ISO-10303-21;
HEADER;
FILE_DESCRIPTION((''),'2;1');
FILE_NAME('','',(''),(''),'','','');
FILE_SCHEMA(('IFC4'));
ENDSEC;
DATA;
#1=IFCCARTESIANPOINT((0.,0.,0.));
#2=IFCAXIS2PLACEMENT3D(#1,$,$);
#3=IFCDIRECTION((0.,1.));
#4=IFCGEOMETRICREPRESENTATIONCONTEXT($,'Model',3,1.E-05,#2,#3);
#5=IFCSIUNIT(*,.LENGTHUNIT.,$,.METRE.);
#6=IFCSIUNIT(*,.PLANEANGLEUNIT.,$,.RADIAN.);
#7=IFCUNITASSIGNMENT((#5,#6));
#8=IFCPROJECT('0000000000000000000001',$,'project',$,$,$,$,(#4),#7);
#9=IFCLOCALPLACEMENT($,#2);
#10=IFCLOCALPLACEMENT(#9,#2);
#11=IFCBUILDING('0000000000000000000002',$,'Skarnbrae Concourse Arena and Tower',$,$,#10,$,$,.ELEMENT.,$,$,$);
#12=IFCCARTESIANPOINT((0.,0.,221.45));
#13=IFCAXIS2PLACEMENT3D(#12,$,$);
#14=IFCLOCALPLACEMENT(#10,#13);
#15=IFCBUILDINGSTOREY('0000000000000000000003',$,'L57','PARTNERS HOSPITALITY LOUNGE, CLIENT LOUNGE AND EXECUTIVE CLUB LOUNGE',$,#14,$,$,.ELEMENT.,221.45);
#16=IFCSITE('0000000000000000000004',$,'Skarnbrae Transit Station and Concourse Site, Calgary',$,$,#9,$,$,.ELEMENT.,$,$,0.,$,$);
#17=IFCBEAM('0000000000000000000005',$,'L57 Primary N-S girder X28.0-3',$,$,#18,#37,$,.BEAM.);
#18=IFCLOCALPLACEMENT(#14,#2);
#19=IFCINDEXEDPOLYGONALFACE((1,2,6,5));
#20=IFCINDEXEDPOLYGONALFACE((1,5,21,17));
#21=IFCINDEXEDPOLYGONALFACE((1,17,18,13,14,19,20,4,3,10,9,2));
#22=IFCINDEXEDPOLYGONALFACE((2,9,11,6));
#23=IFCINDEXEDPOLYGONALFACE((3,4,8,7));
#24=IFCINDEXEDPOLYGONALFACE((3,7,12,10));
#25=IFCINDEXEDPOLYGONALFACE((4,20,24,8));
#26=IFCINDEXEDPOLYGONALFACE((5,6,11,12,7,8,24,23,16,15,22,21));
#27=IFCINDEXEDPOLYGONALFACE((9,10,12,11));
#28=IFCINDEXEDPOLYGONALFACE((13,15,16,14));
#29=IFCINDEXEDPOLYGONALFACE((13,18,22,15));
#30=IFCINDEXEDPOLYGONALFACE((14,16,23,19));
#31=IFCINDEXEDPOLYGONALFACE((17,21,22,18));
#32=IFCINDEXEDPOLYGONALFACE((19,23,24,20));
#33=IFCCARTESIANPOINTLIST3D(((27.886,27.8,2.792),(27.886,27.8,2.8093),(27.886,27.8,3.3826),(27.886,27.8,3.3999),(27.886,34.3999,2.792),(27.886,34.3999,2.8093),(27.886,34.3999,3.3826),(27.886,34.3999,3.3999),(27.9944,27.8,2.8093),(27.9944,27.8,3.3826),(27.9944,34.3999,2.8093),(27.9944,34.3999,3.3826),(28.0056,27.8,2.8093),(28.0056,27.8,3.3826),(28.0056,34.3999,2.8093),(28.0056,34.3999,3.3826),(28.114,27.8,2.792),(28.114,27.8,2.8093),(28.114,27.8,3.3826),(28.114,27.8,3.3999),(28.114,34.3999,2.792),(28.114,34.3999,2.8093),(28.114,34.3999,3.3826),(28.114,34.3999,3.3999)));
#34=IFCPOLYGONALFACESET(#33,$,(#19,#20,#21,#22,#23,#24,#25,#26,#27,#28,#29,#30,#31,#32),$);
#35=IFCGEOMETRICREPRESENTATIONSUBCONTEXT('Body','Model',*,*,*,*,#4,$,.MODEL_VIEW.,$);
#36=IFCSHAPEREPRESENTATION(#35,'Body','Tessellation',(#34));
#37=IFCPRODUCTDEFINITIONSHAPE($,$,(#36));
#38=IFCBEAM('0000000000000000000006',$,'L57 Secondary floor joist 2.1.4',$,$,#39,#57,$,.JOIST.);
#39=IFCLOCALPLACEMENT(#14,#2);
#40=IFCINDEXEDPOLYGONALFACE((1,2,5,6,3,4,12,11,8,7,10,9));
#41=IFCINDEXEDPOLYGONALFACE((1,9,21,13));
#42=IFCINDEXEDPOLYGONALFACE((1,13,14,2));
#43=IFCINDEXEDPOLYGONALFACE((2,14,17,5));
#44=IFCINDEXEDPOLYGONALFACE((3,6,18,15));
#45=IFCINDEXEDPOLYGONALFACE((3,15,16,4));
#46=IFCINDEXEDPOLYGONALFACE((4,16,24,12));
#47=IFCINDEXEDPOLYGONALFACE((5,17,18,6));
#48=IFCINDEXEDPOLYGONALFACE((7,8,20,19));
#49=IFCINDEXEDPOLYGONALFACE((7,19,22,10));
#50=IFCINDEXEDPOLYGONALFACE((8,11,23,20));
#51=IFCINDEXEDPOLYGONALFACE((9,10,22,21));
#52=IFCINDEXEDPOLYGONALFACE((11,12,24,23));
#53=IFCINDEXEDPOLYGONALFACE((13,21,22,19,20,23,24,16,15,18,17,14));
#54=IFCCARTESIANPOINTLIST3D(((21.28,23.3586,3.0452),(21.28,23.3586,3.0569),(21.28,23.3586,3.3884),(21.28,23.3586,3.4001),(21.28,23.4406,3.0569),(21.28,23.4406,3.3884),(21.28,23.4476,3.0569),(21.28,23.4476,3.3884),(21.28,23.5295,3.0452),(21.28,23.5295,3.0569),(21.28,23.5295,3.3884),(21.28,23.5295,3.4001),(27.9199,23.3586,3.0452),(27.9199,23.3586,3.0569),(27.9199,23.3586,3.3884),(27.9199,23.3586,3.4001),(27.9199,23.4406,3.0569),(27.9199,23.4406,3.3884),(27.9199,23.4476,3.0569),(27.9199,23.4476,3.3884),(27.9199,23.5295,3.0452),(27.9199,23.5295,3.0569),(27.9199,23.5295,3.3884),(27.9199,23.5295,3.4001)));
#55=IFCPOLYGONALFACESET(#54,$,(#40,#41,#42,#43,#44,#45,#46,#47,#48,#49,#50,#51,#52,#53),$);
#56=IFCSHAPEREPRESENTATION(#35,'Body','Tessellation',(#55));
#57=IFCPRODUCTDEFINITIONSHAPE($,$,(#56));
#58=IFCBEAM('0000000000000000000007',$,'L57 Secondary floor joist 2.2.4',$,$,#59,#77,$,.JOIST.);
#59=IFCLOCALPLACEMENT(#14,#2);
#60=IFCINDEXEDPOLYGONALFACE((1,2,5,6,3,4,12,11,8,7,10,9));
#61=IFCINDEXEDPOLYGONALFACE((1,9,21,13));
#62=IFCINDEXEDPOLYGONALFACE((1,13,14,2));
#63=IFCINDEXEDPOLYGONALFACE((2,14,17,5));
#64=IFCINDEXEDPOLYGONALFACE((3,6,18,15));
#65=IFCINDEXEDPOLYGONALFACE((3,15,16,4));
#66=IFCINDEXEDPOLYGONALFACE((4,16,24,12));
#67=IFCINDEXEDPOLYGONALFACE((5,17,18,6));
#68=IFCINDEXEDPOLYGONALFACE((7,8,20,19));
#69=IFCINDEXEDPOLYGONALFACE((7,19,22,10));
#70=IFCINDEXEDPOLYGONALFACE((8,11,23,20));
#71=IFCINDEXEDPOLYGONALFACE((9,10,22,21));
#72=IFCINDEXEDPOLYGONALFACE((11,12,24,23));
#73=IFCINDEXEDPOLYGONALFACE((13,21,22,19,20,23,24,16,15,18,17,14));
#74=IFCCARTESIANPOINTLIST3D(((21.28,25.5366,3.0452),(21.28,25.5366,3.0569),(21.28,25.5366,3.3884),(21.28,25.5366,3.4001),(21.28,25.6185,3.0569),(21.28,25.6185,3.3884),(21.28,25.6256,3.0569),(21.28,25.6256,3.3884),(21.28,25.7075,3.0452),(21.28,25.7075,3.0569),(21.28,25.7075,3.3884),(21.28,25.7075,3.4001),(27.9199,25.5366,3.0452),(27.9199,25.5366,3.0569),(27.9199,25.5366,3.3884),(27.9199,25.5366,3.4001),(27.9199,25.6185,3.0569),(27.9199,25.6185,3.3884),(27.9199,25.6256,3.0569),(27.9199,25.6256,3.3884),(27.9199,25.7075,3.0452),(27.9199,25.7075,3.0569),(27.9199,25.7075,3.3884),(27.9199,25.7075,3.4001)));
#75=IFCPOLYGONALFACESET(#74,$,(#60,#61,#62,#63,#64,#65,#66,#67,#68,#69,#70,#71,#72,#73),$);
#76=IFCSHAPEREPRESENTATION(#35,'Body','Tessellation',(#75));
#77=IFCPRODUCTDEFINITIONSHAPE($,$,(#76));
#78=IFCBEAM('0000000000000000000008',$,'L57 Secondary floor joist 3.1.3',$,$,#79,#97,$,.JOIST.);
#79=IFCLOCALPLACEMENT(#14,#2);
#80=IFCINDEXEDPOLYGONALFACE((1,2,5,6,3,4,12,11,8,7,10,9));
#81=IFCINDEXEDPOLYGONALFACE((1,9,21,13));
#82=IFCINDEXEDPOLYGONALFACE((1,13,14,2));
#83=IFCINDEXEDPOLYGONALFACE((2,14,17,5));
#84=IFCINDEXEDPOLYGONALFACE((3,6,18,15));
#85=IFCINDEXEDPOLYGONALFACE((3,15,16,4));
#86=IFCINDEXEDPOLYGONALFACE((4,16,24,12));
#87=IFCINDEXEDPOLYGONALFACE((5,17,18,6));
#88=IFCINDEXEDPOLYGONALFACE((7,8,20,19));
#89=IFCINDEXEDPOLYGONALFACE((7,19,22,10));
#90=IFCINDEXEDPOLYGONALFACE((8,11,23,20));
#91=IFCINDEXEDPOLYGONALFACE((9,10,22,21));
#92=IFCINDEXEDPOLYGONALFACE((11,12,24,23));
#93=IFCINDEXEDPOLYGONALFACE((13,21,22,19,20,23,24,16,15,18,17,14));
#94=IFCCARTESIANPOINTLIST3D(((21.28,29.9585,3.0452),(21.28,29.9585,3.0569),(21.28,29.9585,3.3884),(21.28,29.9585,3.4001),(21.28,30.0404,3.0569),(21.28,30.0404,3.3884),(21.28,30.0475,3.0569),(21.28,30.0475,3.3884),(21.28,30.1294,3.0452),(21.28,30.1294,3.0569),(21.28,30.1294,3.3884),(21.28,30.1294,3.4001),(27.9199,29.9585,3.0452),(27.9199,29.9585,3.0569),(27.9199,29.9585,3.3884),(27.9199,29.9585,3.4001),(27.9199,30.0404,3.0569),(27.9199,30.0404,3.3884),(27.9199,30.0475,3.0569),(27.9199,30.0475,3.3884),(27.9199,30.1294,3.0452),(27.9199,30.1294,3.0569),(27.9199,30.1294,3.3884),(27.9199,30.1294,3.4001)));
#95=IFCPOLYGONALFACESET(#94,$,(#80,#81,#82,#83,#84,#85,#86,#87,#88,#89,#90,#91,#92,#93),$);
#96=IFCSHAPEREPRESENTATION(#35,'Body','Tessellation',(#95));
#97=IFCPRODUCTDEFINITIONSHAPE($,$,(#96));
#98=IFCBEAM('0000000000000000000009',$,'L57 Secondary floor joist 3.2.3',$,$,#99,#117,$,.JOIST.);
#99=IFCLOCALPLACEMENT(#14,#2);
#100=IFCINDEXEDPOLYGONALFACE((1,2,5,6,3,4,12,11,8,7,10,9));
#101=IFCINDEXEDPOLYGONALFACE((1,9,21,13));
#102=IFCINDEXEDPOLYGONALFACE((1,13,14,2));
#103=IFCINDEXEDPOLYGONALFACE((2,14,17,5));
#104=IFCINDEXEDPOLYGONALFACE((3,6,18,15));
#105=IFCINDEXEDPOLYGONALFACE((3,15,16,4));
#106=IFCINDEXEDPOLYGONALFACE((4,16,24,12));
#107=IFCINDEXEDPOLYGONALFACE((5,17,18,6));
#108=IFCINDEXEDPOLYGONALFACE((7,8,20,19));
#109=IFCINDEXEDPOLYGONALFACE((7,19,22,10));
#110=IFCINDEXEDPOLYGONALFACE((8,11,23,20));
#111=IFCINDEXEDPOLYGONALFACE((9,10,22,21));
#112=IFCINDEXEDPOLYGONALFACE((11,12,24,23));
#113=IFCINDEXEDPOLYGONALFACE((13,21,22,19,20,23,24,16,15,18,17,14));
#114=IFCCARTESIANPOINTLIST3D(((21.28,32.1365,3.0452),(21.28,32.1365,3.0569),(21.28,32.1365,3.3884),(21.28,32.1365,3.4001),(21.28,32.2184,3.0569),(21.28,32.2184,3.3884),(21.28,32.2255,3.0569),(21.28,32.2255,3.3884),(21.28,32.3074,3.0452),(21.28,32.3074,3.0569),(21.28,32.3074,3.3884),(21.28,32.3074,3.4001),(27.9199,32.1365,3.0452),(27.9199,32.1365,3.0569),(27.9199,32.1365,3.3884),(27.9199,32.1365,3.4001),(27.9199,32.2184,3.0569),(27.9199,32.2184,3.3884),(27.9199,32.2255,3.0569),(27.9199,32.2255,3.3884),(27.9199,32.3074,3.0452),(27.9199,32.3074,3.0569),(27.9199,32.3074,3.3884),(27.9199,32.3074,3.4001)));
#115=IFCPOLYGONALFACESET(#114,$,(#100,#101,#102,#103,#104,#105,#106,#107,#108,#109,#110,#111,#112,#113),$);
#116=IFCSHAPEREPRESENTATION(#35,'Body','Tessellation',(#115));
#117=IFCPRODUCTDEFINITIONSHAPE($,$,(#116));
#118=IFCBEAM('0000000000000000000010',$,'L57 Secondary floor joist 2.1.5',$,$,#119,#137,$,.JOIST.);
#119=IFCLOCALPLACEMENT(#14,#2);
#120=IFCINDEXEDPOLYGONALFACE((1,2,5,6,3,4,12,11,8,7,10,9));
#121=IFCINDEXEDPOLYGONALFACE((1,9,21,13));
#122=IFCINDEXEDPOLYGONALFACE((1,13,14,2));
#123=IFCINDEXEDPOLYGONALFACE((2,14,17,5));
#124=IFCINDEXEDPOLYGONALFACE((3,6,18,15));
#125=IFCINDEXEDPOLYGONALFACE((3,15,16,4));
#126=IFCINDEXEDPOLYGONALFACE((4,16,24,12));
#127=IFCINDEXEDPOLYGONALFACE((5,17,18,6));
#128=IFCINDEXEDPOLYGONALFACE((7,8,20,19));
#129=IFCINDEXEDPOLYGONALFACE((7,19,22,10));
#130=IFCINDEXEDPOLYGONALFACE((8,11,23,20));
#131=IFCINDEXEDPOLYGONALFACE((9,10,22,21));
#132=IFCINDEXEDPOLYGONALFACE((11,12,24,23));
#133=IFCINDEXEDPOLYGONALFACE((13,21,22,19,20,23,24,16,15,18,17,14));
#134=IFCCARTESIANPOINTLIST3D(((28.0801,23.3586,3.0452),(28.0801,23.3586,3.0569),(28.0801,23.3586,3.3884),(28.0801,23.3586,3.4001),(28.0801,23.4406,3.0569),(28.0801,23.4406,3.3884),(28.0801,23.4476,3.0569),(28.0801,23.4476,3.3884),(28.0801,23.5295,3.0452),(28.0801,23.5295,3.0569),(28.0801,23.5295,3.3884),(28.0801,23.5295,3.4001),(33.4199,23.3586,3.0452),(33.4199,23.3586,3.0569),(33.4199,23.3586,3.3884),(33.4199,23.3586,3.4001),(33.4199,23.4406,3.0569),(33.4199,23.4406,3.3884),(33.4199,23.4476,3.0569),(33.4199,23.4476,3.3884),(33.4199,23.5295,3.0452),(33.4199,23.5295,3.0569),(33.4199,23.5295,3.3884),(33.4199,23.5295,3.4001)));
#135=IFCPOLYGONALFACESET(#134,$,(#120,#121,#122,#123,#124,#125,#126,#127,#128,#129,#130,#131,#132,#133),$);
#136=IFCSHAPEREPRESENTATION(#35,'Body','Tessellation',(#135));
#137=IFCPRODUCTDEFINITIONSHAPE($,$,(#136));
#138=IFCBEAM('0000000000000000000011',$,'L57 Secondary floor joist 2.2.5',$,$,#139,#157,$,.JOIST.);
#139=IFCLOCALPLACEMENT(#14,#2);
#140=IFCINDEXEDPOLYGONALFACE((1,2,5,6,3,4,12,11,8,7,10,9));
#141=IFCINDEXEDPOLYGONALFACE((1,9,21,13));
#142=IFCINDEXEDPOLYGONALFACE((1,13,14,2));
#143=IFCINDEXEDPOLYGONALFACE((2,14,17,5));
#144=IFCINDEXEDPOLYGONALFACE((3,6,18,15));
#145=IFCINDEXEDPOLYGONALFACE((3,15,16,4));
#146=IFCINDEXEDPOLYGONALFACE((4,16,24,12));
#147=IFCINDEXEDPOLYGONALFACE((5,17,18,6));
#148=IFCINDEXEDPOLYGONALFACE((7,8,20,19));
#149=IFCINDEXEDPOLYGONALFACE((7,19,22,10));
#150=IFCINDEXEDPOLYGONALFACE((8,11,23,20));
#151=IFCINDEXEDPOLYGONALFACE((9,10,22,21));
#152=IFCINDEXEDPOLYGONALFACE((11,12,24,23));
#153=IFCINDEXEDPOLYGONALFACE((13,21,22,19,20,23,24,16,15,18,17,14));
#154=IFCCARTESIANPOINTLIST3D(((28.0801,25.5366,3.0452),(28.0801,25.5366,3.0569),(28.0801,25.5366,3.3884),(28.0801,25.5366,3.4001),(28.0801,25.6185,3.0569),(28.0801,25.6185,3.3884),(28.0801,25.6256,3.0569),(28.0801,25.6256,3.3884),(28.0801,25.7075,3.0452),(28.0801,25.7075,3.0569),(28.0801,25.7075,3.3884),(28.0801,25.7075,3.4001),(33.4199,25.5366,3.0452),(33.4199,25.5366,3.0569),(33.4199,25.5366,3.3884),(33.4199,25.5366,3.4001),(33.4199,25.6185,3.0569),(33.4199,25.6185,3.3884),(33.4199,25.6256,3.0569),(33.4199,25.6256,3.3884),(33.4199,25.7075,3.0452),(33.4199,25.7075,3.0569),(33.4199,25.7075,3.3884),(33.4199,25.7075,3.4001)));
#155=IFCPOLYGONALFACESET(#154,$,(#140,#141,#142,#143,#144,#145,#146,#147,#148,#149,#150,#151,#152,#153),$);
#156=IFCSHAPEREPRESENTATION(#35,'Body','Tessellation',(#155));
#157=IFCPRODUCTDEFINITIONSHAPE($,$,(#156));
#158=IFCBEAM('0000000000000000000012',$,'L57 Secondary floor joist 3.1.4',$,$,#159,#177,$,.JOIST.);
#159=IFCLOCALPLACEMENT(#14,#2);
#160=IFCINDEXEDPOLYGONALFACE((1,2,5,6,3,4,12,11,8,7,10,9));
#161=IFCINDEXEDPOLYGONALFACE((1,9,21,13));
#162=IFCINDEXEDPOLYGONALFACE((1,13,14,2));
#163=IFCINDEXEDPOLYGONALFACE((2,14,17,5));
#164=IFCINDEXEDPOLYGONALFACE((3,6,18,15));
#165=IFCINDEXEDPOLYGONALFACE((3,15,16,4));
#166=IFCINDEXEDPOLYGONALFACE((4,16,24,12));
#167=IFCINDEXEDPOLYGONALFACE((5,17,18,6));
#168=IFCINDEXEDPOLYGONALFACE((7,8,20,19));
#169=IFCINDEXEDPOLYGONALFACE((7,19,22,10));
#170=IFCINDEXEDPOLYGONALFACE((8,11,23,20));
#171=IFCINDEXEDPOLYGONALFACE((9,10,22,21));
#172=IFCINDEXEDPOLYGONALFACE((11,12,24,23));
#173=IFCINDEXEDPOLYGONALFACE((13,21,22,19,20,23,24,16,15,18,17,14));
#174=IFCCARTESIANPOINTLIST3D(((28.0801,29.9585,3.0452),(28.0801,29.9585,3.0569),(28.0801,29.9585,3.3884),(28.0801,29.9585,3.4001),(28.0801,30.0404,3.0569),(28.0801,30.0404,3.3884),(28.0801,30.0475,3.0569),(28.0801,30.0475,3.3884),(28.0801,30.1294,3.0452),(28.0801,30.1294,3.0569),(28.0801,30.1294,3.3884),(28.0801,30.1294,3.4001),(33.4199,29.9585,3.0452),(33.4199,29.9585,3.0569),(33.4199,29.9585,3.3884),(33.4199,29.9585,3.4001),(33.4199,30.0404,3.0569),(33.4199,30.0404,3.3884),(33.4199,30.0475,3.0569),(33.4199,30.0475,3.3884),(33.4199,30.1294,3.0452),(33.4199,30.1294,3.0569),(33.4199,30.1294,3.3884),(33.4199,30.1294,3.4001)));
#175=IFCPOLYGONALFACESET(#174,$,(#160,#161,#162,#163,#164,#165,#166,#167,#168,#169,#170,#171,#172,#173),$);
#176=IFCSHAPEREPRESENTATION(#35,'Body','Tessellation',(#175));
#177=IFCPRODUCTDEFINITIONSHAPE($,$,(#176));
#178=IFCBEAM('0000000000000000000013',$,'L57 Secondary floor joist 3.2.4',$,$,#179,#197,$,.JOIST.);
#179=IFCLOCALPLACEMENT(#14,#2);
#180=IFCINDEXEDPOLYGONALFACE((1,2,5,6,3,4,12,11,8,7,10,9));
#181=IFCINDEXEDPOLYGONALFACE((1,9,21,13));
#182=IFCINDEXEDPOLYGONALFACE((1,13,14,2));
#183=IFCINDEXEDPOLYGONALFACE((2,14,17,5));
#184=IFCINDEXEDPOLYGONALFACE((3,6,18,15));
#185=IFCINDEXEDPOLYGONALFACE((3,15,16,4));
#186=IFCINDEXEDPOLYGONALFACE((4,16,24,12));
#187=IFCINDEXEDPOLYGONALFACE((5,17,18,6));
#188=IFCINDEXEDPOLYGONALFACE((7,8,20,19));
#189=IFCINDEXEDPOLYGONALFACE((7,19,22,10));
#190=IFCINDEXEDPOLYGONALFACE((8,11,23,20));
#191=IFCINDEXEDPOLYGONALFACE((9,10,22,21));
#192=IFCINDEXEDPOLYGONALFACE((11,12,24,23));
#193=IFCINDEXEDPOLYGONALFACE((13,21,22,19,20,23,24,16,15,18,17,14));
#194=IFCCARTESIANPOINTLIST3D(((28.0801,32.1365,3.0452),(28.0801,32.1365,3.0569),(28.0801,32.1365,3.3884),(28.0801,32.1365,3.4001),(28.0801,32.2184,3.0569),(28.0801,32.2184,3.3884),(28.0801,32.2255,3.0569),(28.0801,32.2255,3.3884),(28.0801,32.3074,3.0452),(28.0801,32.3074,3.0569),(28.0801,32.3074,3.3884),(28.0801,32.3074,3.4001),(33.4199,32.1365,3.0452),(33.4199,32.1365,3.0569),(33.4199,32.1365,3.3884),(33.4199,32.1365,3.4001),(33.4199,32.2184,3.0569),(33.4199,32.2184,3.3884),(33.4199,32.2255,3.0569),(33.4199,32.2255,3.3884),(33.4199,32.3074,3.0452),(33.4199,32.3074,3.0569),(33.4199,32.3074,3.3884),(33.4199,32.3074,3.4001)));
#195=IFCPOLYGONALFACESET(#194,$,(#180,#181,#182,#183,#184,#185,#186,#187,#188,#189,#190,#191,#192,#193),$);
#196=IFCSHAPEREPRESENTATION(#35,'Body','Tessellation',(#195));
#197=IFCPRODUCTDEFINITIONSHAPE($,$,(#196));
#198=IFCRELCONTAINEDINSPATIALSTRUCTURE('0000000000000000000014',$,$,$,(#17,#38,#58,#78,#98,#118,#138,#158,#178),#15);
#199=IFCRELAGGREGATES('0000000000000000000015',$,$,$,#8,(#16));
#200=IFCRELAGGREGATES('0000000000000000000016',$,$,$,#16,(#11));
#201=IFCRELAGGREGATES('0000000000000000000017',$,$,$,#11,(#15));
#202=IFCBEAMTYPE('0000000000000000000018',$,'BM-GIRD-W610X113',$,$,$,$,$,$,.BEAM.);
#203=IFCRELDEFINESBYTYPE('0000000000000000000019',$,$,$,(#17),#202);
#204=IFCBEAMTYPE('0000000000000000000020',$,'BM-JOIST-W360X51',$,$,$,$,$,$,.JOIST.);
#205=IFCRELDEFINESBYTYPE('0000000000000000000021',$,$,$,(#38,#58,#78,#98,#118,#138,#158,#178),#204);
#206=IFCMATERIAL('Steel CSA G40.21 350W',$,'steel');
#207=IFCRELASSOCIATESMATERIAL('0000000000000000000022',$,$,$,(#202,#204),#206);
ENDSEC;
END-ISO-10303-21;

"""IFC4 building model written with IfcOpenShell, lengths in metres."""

from ifc_helpers import new_model, si_unit, direction, frame, origin, origin_2d, place, context, subcontext, project, spatial, i_section, extrude, source, transform, mapped, material, material_profile, profile_set, type_object, element, save


model = new_model("IFC4")

# Units and contexts
model_context = context("Model", 3, precision=1e-05, world=origin(), true_north=direction((0.0, 1.0)))
body_context = subcontext(model_context, "Body", "Model", "MODEL_VIEW")
ifc_project = project(units=[si_unit("LENGTHUNIT", "METRE"), si_unit("PLANEANGLEUNIT", "RADIAN")], contexts=[model_context])

# Site, building, storey
site_placement = place(None, origin())
site = spatial("IfcSite", under=ifc_project, at=site_placement, Name="Skarnbrae Transit Station and Concourse Site, Calgary", CompositionType="ELEMENT", RefElevation=0.0)
building_placement = place(site_placement, origin())
building = spatial("IfcBuilding", under=site, at=building_placement, Name="Skarnbrae Concourse Arena and Tower", CompositionType="ELEMENT")
storey_placement = place(building_placement, frame((0.0, 0.0, 221.45)))
storey = spatial("IfcBuildingStorey", under=building, at=storey_placement, Name="L57", Description="PARTNERS HOSPITALITY LOUNGE, CLIENT LOUNGE AND EXECUTIVE CLUB LOUNGE", CompositionType="ELEMENT", Elevation=221.45)

# Shared definitions
ifc_material_1 = material(Name="Steel CSA G40.21 350W", Category="steel")

# Beams
ifc_material_profile_1 = material_profile(ifc_material_1, i_section(OverallWidth=0.228, OverallDepth=0.6079, WebThickness=0.0112, FlangeThickness=0.0173, at=origin_2d()), Name="W610X113")
ifc_profile_set_1 = profile_set([ifc_material_profile_1], Name="Steel CSA G40.21 350W")
beam_type_1 = type_object("IfcBeamType", Name="BM-GIRD-W610X113", PredefinedType="BEAM", material=ifc_profile_set_1)
shared_shape_1 = source(origin(), body_context, "Body", "SweptSolid", [
    extrude(i_section(OverallWidth=0.228, OverallDepth=0.6079, WebThickness=0.0112, FlangeThickness=0.0173, at=origin_2d()), origin(), (0.0, 0.0, 1.0), 6.5999),
])
for number, where, z_axis, x_axis, name in (
    (1, (28.0, 27.8, 3.0959), (0.0, 1.0, 0.0), (-1.0, 0.0, 0.0), "L57 Primary N-S girder X28.0-3"),
):
    element("IfcBeam", number, at=place(storey_placement, frame(where, z_axis=z_axis, x_axis=x_axis)), inside=storey, type_object=beam_type_1, Name=name, PredefinedType="BEAM", context=body_context, shape_type="MappedRepresentation", body=[
        mapped(shared_shape_1, transform((0.0, 0.0, 0.0))),
    ])
ifc_material_profile_2 = material_profile(ifc_material_1, i_section(OverallWidth=0.1709, OverallDepth=0.355, WebThickness=0.0071, FlangeThickness=0.0117, at=origin_2d()), Name="W360X51")
ifc_profile_set_2 = profile_set([ifc_material_profile_2], Name="Steel CSA G40.21 350W")
beam_type_2 = type_object("IfcBeamType", Name="BM-JOIST-W360X51", PredefinedType="JOIST", material=ifc_profile_set_2)
shared_shape_2 = source(origin(), body_context, "Body", "SweptSolid", [
    extrude(i_section(OverallWidth=0.1709, OverallDepth=0.355, WebThickness=0.0071, FlangeThickness=0.0117, at=origin_2d()), origin(), (0.0, 0.0, 1.0), 6.6399),
])
for number, where, z_axis, x_axis, name in (
    (2, (21.28, 23.4441, 3.2227), (1.0, 0.0, 0.0), (0.0, 1.0, 0.0), "L57 Secondary floor joist 2.1.4"),
    (3, (21.28, 25.6221, 3.2227), (1.0, 0.0, 0.0), (0.0, 1.0, 0.0), "L57 Secondary floor joist 2.2.4"),
    (4, (21.28, 30.0439, 3.2227), (1.0, 0.0, 0.0), (0.0, 1.0, 0.0), "L57 Secondary floor joist 3.1.3"),
    (5, (21.28, 32.2219, 3.2227), (1.0, 0.0, 0.0), (0.0, 1.0, 0.0), "L57 Secondary floor joist 3.2.3"),
):
    element("IfcBeam", number, at=place(storey_placement, frame(where, z_axis=z_axis, x_axis=x_axis)), inside=storey, type_object=beam_type_2, Name=name, PredefinedType="JOIST", context=body_context, shape_type="MappedRepresentation", body=[
        mapped(shared_shape_2, transform((0.0, 0.0, 0.0))),
    ])
shared_shape_3 = source(origin(), body_context, "Body", "SweptSolid", [
    extrude(i_section(OverallWidth=0.1709, OverallDepth=0.355, WebThickness=0.0071, FlangeThickness=0.0117, at=origin_2d()), origin(), (0.0, 0.0, 1.0), 5.3398),
])
for number, where, z_axis, x_axis, name in (
    (6, (28.0801, 23.4441, 3.2227), (1.0, 0.0, 0.0), (0.0, 1.0, 0.0), "L57 Secondary floor joist 2.1.5"),
    (7, (28.0801, 25.6221, 3.2227), (1.0, 0.0, 0.0), (0.0, 1.0, 0.0), "L57 Secondary floor joist 2.2.5"),
    (8, (28.0801, 30.0439, 3.2227), (1.0, 0.0, 0.0), (0.0, 1.0, 0.0), "L57 Secondary floor joist 3.1.4"),
    (9, (28.0801, 32.2219, 3.2227), (1.0, 0.0, 0.0), (0.0, 1.0, 0.0), "L57 Secondary floor joist 3.2.4"),
):
    element("IfcBeam", number, at=place(storey_placement, frame(where, z_axis=z_axis, x_axis=x_axis)), inside=storey, type_object=beam_type_2, Name=name, PredefinedType="JOIST", context=body_context, shape_type="MappedRepresentation", body=[
        mapped(shared_shape_3, transform((0.0, 0.0, 0.0))),
    ])

save(model, "model.ifc")
